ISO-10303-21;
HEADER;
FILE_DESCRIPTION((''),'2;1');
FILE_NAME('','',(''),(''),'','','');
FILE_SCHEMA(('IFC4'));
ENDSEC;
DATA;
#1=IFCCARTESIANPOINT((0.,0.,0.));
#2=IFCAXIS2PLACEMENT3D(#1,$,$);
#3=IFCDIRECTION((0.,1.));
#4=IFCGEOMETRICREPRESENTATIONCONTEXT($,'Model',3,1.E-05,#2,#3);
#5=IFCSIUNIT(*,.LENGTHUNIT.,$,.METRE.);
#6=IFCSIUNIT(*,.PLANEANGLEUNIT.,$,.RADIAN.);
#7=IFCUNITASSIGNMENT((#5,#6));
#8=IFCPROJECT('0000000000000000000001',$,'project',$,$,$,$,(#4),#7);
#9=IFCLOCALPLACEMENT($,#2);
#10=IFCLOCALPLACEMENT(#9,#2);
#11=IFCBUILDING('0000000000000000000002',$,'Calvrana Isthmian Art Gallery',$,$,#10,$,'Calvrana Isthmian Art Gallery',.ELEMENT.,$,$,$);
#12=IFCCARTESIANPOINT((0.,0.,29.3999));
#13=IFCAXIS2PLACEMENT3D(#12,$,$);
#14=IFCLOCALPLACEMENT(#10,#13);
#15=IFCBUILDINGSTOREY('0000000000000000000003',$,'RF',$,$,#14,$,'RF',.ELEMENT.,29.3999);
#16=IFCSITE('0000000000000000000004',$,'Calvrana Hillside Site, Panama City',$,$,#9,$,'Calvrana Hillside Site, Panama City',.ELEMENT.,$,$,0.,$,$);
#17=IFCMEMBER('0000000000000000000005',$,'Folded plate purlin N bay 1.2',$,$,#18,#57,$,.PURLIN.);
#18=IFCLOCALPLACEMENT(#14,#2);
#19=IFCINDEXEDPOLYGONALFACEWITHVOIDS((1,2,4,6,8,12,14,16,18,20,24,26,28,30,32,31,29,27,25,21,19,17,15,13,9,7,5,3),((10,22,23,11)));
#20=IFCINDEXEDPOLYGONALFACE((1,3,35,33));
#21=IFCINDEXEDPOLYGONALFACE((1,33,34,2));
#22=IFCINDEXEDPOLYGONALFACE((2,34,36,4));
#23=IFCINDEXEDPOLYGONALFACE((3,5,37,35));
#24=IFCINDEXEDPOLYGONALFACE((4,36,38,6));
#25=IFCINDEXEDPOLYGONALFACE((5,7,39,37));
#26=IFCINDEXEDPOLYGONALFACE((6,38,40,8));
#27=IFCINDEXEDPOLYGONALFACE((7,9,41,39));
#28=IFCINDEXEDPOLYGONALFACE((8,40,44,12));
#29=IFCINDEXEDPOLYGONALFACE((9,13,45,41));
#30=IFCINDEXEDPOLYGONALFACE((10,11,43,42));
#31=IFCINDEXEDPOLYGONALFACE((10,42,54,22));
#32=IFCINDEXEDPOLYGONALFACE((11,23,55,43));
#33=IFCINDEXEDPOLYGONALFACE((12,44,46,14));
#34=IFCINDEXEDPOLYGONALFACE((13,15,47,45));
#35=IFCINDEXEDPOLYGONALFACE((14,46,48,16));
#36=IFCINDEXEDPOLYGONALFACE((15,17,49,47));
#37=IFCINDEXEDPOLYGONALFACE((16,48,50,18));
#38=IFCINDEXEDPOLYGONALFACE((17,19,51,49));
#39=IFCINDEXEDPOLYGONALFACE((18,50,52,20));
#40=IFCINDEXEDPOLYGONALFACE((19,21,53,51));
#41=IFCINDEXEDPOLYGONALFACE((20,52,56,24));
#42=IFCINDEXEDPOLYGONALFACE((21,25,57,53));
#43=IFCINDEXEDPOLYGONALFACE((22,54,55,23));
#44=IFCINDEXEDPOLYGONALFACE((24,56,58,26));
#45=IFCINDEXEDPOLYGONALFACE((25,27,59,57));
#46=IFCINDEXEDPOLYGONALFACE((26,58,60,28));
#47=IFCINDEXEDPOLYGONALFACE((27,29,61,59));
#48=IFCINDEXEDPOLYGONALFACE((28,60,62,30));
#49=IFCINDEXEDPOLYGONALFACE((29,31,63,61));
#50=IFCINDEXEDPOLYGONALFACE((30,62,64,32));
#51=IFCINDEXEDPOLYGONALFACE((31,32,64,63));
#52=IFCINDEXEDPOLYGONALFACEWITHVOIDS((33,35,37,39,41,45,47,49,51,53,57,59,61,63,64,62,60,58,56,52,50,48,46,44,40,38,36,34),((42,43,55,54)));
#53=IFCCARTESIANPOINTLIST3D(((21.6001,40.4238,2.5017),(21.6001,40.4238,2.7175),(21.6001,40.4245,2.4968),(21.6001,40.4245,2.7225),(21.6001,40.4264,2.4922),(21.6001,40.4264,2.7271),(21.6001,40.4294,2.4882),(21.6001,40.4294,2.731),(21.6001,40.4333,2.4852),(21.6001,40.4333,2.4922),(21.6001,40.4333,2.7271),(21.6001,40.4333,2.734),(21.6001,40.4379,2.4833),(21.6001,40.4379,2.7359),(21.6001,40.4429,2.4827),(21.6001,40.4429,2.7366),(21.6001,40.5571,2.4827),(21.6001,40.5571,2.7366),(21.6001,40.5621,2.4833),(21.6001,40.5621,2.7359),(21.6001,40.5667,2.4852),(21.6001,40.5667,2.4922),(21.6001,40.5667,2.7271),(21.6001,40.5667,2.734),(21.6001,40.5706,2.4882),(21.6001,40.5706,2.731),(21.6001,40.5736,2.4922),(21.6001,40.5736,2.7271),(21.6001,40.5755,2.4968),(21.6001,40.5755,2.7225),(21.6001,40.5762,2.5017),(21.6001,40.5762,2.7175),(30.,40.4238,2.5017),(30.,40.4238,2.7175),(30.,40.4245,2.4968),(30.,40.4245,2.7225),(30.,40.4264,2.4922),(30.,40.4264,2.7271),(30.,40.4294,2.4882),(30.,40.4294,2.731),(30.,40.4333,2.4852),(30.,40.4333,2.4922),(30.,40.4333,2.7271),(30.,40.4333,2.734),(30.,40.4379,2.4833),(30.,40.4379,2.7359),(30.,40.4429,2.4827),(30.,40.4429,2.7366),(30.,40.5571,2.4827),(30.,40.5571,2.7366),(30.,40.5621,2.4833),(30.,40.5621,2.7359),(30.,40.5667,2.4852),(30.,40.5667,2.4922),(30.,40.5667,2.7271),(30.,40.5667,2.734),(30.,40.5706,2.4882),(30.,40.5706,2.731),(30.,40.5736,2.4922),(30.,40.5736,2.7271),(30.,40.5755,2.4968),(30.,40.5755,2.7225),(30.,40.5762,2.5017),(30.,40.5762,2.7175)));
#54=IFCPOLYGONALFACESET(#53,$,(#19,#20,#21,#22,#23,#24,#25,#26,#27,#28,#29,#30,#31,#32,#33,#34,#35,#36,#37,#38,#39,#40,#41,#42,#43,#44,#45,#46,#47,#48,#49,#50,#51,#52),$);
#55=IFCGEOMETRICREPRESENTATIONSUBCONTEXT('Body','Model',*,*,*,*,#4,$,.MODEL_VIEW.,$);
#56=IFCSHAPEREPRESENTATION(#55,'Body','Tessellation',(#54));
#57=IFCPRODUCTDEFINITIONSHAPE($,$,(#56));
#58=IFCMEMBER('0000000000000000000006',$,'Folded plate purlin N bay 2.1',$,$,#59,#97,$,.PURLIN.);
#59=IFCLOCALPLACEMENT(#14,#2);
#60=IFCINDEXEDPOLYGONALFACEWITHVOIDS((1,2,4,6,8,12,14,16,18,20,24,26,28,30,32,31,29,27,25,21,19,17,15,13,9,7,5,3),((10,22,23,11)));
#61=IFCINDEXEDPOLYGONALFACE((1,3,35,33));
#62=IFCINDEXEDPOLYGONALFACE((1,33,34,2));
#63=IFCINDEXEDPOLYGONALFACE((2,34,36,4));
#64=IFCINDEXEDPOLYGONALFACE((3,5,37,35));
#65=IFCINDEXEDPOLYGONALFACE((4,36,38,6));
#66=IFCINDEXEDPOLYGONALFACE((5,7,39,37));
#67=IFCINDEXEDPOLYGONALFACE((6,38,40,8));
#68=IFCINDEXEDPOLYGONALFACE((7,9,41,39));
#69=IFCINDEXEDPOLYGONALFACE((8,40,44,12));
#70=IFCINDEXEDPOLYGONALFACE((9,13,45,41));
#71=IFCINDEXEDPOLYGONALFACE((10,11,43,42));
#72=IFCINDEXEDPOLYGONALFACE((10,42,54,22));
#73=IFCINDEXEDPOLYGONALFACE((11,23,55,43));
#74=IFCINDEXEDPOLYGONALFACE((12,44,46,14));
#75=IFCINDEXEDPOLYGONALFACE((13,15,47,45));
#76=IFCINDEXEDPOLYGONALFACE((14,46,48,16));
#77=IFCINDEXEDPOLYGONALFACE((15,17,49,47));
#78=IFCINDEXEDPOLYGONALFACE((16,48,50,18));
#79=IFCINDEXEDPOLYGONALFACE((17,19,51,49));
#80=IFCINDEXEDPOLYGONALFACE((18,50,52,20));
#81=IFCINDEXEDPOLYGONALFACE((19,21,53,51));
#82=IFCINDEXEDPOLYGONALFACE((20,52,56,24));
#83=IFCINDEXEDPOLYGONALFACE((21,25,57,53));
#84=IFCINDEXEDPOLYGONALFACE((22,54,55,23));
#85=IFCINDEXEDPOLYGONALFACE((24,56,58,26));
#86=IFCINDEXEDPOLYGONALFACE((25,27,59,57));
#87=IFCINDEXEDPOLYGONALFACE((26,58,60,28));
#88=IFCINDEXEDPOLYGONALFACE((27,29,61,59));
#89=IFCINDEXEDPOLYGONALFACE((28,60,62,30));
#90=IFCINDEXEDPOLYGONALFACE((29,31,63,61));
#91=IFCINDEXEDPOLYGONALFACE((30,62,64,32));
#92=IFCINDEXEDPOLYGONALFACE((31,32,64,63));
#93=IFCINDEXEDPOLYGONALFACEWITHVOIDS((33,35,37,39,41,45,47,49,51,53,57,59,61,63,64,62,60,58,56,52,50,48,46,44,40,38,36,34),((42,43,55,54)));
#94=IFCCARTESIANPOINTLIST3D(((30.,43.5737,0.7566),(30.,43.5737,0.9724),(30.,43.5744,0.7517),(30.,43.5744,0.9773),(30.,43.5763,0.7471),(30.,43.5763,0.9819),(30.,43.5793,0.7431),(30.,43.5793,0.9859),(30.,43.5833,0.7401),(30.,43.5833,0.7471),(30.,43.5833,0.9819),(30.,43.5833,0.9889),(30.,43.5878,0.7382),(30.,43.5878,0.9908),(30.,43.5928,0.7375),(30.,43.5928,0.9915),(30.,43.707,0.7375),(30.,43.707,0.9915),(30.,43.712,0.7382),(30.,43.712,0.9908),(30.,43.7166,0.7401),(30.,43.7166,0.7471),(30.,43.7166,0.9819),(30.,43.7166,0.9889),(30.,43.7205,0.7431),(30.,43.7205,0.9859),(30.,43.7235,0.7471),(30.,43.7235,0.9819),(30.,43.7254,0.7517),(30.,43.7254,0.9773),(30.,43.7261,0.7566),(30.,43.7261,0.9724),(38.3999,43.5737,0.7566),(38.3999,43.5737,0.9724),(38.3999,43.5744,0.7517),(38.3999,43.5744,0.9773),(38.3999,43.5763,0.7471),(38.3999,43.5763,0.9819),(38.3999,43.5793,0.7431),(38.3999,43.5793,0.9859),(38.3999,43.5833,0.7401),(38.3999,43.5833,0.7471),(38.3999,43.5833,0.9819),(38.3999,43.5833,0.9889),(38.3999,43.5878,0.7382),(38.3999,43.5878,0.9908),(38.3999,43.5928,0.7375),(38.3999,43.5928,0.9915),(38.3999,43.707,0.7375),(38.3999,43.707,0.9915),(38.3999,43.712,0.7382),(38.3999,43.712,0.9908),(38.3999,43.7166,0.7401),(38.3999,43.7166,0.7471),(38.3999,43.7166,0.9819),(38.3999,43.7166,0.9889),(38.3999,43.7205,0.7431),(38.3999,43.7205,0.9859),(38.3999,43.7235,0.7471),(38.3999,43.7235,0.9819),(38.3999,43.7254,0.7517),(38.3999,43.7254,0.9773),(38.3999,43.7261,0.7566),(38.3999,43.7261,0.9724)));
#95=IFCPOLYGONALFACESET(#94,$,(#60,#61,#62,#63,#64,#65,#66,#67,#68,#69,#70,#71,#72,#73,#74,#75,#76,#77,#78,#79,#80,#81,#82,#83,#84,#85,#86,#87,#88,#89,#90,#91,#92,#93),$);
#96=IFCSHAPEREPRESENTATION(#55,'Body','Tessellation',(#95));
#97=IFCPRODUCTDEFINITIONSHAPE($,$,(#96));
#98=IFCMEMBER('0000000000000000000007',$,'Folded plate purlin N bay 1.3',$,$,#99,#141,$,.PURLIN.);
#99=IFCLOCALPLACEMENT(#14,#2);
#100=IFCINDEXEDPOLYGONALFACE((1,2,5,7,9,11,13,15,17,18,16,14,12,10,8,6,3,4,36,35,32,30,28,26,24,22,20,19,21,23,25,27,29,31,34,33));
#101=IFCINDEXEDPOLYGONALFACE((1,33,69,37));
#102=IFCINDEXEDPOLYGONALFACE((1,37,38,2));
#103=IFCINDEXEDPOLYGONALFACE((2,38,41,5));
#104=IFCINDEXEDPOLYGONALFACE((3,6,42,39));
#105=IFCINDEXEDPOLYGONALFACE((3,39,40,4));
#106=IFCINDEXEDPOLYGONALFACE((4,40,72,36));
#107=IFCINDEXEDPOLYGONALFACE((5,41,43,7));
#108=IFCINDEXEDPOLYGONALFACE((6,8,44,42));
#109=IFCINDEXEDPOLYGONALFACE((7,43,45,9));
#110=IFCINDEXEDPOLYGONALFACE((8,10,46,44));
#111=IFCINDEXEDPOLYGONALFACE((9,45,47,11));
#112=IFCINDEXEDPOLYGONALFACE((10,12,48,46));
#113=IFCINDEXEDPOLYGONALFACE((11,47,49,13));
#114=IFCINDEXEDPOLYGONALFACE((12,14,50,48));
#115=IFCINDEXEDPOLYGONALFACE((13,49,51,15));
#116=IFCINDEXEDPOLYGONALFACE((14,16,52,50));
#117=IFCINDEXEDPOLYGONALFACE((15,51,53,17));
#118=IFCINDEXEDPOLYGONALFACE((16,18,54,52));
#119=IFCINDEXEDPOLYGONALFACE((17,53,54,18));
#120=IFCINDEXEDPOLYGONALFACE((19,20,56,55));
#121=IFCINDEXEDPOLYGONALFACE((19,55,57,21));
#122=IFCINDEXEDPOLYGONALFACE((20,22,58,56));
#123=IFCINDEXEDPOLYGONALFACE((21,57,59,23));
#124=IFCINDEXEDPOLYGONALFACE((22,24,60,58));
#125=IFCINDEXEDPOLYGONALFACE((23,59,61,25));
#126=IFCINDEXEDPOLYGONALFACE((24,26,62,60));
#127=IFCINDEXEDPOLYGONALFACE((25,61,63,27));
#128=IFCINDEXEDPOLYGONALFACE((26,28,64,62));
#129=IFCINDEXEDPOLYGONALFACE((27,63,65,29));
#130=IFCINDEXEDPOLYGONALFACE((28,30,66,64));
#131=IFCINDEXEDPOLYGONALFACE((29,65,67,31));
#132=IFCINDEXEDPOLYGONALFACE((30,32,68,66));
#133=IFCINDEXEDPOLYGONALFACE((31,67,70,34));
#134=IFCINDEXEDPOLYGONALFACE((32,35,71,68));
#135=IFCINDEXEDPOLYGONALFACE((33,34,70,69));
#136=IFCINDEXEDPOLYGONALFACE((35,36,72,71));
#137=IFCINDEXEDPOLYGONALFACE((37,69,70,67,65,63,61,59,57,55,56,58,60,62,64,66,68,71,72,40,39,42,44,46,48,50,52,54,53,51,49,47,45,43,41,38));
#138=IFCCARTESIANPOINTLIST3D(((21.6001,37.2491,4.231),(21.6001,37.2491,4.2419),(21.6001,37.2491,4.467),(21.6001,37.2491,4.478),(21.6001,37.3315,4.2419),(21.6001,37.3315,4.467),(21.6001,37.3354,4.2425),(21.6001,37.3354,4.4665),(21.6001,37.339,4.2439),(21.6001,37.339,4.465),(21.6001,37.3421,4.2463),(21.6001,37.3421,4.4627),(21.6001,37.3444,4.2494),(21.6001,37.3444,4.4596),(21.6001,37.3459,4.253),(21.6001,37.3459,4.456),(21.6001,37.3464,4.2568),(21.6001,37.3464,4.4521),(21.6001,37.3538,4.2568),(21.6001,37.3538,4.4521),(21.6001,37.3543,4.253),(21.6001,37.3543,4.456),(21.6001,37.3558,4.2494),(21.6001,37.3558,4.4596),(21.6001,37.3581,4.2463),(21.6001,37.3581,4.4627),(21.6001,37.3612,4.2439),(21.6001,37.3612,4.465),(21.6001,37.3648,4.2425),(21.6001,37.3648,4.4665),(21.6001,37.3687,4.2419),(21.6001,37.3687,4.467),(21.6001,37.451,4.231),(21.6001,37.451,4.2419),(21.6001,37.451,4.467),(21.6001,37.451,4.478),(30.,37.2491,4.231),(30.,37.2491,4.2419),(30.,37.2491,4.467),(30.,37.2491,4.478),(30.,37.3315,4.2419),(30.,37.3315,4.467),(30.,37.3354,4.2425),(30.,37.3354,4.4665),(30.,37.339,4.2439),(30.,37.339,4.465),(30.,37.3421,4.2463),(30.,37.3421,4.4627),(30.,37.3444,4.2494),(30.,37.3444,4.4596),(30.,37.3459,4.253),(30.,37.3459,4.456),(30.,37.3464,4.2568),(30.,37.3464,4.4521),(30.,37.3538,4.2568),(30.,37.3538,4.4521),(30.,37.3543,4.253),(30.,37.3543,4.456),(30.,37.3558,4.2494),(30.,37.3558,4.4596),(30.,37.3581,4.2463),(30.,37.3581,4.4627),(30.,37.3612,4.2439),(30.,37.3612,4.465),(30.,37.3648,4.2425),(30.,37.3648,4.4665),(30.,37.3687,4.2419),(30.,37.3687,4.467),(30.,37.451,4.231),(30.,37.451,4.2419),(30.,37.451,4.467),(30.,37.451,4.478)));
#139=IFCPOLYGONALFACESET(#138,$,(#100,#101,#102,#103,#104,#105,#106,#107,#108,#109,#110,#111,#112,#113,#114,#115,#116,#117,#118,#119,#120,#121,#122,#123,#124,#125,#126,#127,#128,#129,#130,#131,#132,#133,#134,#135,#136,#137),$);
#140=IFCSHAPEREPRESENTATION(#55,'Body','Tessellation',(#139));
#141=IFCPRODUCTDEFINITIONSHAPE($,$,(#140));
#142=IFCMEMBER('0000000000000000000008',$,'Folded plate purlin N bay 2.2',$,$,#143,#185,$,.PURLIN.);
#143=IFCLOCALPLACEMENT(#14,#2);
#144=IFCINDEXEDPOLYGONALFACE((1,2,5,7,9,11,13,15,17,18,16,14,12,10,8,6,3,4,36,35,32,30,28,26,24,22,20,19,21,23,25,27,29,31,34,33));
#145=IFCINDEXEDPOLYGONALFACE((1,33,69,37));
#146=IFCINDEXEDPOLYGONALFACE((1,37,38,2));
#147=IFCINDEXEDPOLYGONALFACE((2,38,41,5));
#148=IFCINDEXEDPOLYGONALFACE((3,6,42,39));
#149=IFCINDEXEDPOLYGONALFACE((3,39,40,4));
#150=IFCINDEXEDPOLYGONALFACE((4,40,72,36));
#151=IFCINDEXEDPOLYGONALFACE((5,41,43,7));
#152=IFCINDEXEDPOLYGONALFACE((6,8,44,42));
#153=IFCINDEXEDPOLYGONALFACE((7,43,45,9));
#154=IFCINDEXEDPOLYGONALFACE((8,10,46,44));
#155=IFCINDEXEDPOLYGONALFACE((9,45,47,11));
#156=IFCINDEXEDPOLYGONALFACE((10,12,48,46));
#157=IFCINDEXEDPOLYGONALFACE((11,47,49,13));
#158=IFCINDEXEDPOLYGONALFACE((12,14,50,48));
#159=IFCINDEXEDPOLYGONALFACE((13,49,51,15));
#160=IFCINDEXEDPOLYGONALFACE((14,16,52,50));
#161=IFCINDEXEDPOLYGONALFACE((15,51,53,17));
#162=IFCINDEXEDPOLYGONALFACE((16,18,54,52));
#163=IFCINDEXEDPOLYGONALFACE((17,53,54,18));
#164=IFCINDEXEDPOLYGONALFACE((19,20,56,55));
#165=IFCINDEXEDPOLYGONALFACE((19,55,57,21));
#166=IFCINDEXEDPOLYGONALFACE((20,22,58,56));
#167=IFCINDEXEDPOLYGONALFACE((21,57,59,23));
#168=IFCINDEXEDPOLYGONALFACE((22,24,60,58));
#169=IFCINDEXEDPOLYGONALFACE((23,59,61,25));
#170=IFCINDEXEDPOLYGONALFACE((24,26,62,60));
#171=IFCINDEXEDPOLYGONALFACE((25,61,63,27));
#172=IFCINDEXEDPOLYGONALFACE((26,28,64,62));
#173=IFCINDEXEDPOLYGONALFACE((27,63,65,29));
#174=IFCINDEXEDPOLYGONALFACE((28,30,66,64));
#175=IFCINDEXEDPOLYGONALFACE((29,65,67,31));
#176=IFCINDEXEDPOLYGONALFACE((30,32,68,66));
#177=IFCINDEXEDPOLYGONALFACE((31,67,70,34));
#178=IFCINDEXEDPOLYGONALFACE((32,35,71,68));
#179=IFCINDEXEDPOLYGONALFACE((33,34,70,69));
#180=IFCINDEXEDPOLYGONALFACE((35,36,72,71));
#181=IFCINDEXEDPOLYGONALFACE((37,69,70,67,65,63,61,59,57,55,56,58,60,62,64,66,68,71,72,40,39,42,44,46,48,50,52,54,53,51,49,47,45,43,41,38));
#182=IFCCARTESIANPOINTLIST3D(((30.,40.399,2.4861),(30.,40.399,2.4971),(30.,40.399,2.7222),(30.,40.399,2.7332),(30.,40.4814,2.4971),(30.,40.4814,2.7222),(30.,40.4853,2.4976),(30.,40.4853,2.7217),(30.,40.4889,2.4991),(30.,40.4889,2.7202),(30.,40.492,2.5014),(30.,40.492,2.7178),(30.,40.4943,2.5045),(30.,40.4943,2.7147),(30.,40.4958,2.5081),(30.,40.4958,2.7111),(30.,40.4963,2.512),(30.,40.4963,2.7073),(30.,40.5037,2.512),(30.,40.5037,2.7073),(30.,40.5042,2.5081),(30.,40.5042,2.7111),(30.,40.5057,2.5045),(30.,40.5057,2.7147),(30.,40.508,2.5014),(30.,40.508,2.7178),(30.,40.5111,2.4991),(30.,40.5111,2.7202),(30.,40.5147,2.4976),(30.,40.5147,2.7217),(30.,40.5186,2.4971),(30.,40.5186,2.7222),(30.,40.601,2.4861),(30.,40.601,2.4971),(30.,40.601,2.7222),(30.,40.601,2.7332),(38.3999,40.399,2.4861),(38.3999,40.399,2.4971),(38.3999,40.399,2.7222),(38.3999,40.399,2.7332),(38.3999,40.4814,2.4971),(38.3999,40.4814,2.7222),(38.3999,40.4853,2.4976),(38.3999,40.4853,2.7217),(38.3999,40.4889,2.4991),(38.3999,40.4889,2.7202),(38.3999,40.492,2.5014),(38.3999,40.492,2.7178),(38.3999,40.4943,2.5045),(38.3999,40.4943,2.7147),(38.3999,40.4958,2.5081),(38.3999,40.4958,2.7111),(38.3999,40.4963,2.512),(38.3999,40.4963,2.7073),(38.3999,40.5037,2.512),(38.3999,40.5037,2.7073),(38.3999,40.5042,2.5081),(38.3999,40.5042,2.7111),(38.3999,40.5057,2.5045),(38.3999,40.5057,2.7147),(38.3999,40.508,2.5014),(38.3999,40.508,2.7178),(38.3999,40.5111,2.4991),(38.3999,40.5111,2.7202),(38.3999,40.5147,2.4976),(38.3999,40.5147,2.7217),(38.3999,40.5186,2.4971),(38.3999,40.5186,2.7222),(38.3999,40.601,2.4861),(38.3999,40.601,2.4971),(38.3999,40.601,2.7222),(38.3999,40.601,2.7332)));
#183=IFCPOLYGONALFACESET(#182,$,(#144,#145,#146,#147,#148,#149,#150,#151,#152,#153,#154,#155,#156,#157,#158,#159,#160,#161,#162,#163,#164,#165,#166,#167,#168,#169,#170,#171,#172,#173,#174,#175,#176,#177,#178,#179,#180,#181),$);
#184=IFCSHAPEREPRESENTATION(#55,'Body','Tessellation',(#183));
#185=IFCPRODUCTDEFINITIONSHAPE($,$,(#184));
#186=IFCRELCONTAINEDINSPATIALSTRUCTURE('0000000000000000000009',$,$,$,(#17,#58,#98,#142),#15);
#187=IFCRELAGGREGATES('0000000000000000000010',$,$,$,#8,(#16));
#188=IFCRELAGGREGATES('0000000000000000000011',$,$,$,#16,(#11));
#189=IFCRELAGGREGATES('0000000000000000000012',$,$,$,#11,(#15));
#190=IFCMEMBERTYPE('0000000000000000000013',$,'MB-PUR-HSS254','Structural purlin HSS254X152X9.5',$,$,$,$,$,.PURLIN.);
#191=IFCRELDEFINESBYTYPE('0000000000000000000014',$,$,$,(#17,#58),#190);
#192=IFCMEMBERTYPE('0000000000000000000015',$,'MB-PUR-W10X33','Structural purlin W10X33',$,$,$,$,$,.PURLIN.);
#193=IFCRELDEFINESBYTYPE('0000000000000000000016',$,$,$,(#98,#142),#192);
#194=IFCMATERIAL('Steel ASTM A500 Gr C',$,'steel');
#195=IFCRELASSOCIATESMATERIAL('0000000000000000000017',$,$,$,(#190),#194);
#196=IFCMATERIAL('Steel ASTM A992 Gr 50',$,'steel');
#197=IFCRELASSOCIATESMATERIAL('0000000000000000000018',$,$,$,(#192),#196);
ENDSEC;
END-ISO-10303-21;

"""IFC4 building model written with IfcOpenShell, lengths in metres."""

from ifc_helpers import new_model, si_unit, direction, frame, origin, origin_2d, place, context, subcontext, project, spatial, hollow_rectangle, i_section, extrude, material, material_profile, profile_set, type_object, element, save


model = new_model("IFC4")

# Units and contexts
model_context = context("Model", 3, precision=1e-05, world=origin(), true_north=direction((0.0, 1.0)))
body_context = subcontext(model_context, "Body", "Model", "MODEL_VIEW")
ifc_project = project(units=[si_unit("LENGTHUNIT", "METRE"), si_unit("PLANEANGLEUNIT", "RADIAN")], contexts=[model_context])

# Site, building, storey
site_placement = place(None, origin())
site = spatial("IfcSite", under=ifc_project, at=site_placement, Name="Calvrana Hillside Site, Panama City", LongName="Calvrana Hillside Site, Panama City", CompositionType="ELEMENT", RefElevation=0.0)
building_placement = place(site_placement, origin())
building = spatial("IfcBuilding", under=site, at=building_placement, Name="Calvrana Isthmian Art Gallery", LongName="Calvrana Isthmian Art Gallery", CompositionType="ELEMENT")
storey_placement = place(building_placement, frame((0.0, 0.0, 29.3999)))
storey = spatial("IfcBuildingStorey", under=building, at=storey_placement, Name="RF", LongName="RF", CompositionType="ELEMENT", Elevation=29.3999)

# Shared definitions
ifc_material_1 = material(Name="Steel ASTM A992 Gr 50", Category="steel")

# Members
ifc_material_2 = material(Name="Steel ASTM A500 Gr C", Category="steel")
ifc_material_profile_1 = material_profile(ifc_material_2, hollow_rectangle(XDim=0.1523, YDim=0.2539, WallThickness=0.0095, OuterFilletRadius=0.019, at=origin_2d()), Name="HSS254X152X9.5")
ifc_profile_set_1 = profile_set([ifc_material_profile_1], Name="Steel ASTM A500 Gr C")
member_type_1 = type_object("IfcMemberType", Name="MB-PUR-HSS254", Description="Structural purlin HSS254X152X9.5", PredefinedType="PURLIN", material=ifc_profile_set_1)
for number, where, z_axis, x_axis, name in (
    (1, (21.6001, 40.5, 2.6096), (1.0, 0.0, 0.0), (0.0, 1.0, 0.0), "Folded plate purlin N bay 1.2"),
    (2, (30.0, 43.6499, 0.8645), (1.0, 0.0, 0.0), (0.0, 1.0, 0.0), "Folded plate purlin N bay 2.1"),
):
    element("IfcMember", number, at=place(storey_placement, frame(where, z_axis=z_axis, x_axis=x_axis)), inside=storey, type_object=member_type_1, Name=name, PredefinedType="PURLIN", context=body_context, shape_type="SweptSolid", body=[
        extrude(hollow_rectangle(XDim=0.1523, YDim=0.2539, WallThickness=0.0095, OuterFilletRadius=0.019, at=origin_2d()), origin(), (0.0, 0.0, 1.0), 8.3999),
    ])
ifc_material_profile_2 = material_profile(ifc_material_1, i_section(OverallWidth=0.2019, OverallDepth=0.2471, WebThickness=0.0073, FlangeThickness=0.011, FilletRadius=0.0149, at=origin_2d()), Name="W10X33")
ifc_profile_set_2 = profile_set([ifc_material_profile_2], Name="Steel ASTM A992 Gr 50")
member_type_2 = type_object("IfcMemberType", Name="MB-PUR-W10X33", Description="Structural purlin W10X33", PredefinedType="PURLIN", material=ifc_profile_set_2)
for number, where, z_axis, x_axis, name in (
    (3, (21.6001, 37.3501, 4.3545), (1.0, 0.0, 0.0), (0.0, 1.0, 0.0), "Folded plate purlin N bay 1.3"),
    (4, (30.0, 40.5, 2.6096), (1.0, 0.0, 0.0), (0.0, 1.0, 0.0), "Folded plate purlin N bay 2.2"),
):
    element("IfcMember", number, at=place(storey_placement, frame(where, z_axis=z_axis, x_axis=x_axis)), inside=storey, type_object=member_type_2, Name=name, PredefinedType="PURLIN", context=body_context, shape_type="SweptSolid", body=[
        extrude(i_section(OverallWidth=0.2019, OverallDepth=0.2471, WebThickness=0.0073, FlangeThickness=0.011, FilletRadius=0.0149, at=origin_2d()), origin(), (0.0, 0.0, 1.0), 8.3999),
    ])

save(model, "model.ifc")
